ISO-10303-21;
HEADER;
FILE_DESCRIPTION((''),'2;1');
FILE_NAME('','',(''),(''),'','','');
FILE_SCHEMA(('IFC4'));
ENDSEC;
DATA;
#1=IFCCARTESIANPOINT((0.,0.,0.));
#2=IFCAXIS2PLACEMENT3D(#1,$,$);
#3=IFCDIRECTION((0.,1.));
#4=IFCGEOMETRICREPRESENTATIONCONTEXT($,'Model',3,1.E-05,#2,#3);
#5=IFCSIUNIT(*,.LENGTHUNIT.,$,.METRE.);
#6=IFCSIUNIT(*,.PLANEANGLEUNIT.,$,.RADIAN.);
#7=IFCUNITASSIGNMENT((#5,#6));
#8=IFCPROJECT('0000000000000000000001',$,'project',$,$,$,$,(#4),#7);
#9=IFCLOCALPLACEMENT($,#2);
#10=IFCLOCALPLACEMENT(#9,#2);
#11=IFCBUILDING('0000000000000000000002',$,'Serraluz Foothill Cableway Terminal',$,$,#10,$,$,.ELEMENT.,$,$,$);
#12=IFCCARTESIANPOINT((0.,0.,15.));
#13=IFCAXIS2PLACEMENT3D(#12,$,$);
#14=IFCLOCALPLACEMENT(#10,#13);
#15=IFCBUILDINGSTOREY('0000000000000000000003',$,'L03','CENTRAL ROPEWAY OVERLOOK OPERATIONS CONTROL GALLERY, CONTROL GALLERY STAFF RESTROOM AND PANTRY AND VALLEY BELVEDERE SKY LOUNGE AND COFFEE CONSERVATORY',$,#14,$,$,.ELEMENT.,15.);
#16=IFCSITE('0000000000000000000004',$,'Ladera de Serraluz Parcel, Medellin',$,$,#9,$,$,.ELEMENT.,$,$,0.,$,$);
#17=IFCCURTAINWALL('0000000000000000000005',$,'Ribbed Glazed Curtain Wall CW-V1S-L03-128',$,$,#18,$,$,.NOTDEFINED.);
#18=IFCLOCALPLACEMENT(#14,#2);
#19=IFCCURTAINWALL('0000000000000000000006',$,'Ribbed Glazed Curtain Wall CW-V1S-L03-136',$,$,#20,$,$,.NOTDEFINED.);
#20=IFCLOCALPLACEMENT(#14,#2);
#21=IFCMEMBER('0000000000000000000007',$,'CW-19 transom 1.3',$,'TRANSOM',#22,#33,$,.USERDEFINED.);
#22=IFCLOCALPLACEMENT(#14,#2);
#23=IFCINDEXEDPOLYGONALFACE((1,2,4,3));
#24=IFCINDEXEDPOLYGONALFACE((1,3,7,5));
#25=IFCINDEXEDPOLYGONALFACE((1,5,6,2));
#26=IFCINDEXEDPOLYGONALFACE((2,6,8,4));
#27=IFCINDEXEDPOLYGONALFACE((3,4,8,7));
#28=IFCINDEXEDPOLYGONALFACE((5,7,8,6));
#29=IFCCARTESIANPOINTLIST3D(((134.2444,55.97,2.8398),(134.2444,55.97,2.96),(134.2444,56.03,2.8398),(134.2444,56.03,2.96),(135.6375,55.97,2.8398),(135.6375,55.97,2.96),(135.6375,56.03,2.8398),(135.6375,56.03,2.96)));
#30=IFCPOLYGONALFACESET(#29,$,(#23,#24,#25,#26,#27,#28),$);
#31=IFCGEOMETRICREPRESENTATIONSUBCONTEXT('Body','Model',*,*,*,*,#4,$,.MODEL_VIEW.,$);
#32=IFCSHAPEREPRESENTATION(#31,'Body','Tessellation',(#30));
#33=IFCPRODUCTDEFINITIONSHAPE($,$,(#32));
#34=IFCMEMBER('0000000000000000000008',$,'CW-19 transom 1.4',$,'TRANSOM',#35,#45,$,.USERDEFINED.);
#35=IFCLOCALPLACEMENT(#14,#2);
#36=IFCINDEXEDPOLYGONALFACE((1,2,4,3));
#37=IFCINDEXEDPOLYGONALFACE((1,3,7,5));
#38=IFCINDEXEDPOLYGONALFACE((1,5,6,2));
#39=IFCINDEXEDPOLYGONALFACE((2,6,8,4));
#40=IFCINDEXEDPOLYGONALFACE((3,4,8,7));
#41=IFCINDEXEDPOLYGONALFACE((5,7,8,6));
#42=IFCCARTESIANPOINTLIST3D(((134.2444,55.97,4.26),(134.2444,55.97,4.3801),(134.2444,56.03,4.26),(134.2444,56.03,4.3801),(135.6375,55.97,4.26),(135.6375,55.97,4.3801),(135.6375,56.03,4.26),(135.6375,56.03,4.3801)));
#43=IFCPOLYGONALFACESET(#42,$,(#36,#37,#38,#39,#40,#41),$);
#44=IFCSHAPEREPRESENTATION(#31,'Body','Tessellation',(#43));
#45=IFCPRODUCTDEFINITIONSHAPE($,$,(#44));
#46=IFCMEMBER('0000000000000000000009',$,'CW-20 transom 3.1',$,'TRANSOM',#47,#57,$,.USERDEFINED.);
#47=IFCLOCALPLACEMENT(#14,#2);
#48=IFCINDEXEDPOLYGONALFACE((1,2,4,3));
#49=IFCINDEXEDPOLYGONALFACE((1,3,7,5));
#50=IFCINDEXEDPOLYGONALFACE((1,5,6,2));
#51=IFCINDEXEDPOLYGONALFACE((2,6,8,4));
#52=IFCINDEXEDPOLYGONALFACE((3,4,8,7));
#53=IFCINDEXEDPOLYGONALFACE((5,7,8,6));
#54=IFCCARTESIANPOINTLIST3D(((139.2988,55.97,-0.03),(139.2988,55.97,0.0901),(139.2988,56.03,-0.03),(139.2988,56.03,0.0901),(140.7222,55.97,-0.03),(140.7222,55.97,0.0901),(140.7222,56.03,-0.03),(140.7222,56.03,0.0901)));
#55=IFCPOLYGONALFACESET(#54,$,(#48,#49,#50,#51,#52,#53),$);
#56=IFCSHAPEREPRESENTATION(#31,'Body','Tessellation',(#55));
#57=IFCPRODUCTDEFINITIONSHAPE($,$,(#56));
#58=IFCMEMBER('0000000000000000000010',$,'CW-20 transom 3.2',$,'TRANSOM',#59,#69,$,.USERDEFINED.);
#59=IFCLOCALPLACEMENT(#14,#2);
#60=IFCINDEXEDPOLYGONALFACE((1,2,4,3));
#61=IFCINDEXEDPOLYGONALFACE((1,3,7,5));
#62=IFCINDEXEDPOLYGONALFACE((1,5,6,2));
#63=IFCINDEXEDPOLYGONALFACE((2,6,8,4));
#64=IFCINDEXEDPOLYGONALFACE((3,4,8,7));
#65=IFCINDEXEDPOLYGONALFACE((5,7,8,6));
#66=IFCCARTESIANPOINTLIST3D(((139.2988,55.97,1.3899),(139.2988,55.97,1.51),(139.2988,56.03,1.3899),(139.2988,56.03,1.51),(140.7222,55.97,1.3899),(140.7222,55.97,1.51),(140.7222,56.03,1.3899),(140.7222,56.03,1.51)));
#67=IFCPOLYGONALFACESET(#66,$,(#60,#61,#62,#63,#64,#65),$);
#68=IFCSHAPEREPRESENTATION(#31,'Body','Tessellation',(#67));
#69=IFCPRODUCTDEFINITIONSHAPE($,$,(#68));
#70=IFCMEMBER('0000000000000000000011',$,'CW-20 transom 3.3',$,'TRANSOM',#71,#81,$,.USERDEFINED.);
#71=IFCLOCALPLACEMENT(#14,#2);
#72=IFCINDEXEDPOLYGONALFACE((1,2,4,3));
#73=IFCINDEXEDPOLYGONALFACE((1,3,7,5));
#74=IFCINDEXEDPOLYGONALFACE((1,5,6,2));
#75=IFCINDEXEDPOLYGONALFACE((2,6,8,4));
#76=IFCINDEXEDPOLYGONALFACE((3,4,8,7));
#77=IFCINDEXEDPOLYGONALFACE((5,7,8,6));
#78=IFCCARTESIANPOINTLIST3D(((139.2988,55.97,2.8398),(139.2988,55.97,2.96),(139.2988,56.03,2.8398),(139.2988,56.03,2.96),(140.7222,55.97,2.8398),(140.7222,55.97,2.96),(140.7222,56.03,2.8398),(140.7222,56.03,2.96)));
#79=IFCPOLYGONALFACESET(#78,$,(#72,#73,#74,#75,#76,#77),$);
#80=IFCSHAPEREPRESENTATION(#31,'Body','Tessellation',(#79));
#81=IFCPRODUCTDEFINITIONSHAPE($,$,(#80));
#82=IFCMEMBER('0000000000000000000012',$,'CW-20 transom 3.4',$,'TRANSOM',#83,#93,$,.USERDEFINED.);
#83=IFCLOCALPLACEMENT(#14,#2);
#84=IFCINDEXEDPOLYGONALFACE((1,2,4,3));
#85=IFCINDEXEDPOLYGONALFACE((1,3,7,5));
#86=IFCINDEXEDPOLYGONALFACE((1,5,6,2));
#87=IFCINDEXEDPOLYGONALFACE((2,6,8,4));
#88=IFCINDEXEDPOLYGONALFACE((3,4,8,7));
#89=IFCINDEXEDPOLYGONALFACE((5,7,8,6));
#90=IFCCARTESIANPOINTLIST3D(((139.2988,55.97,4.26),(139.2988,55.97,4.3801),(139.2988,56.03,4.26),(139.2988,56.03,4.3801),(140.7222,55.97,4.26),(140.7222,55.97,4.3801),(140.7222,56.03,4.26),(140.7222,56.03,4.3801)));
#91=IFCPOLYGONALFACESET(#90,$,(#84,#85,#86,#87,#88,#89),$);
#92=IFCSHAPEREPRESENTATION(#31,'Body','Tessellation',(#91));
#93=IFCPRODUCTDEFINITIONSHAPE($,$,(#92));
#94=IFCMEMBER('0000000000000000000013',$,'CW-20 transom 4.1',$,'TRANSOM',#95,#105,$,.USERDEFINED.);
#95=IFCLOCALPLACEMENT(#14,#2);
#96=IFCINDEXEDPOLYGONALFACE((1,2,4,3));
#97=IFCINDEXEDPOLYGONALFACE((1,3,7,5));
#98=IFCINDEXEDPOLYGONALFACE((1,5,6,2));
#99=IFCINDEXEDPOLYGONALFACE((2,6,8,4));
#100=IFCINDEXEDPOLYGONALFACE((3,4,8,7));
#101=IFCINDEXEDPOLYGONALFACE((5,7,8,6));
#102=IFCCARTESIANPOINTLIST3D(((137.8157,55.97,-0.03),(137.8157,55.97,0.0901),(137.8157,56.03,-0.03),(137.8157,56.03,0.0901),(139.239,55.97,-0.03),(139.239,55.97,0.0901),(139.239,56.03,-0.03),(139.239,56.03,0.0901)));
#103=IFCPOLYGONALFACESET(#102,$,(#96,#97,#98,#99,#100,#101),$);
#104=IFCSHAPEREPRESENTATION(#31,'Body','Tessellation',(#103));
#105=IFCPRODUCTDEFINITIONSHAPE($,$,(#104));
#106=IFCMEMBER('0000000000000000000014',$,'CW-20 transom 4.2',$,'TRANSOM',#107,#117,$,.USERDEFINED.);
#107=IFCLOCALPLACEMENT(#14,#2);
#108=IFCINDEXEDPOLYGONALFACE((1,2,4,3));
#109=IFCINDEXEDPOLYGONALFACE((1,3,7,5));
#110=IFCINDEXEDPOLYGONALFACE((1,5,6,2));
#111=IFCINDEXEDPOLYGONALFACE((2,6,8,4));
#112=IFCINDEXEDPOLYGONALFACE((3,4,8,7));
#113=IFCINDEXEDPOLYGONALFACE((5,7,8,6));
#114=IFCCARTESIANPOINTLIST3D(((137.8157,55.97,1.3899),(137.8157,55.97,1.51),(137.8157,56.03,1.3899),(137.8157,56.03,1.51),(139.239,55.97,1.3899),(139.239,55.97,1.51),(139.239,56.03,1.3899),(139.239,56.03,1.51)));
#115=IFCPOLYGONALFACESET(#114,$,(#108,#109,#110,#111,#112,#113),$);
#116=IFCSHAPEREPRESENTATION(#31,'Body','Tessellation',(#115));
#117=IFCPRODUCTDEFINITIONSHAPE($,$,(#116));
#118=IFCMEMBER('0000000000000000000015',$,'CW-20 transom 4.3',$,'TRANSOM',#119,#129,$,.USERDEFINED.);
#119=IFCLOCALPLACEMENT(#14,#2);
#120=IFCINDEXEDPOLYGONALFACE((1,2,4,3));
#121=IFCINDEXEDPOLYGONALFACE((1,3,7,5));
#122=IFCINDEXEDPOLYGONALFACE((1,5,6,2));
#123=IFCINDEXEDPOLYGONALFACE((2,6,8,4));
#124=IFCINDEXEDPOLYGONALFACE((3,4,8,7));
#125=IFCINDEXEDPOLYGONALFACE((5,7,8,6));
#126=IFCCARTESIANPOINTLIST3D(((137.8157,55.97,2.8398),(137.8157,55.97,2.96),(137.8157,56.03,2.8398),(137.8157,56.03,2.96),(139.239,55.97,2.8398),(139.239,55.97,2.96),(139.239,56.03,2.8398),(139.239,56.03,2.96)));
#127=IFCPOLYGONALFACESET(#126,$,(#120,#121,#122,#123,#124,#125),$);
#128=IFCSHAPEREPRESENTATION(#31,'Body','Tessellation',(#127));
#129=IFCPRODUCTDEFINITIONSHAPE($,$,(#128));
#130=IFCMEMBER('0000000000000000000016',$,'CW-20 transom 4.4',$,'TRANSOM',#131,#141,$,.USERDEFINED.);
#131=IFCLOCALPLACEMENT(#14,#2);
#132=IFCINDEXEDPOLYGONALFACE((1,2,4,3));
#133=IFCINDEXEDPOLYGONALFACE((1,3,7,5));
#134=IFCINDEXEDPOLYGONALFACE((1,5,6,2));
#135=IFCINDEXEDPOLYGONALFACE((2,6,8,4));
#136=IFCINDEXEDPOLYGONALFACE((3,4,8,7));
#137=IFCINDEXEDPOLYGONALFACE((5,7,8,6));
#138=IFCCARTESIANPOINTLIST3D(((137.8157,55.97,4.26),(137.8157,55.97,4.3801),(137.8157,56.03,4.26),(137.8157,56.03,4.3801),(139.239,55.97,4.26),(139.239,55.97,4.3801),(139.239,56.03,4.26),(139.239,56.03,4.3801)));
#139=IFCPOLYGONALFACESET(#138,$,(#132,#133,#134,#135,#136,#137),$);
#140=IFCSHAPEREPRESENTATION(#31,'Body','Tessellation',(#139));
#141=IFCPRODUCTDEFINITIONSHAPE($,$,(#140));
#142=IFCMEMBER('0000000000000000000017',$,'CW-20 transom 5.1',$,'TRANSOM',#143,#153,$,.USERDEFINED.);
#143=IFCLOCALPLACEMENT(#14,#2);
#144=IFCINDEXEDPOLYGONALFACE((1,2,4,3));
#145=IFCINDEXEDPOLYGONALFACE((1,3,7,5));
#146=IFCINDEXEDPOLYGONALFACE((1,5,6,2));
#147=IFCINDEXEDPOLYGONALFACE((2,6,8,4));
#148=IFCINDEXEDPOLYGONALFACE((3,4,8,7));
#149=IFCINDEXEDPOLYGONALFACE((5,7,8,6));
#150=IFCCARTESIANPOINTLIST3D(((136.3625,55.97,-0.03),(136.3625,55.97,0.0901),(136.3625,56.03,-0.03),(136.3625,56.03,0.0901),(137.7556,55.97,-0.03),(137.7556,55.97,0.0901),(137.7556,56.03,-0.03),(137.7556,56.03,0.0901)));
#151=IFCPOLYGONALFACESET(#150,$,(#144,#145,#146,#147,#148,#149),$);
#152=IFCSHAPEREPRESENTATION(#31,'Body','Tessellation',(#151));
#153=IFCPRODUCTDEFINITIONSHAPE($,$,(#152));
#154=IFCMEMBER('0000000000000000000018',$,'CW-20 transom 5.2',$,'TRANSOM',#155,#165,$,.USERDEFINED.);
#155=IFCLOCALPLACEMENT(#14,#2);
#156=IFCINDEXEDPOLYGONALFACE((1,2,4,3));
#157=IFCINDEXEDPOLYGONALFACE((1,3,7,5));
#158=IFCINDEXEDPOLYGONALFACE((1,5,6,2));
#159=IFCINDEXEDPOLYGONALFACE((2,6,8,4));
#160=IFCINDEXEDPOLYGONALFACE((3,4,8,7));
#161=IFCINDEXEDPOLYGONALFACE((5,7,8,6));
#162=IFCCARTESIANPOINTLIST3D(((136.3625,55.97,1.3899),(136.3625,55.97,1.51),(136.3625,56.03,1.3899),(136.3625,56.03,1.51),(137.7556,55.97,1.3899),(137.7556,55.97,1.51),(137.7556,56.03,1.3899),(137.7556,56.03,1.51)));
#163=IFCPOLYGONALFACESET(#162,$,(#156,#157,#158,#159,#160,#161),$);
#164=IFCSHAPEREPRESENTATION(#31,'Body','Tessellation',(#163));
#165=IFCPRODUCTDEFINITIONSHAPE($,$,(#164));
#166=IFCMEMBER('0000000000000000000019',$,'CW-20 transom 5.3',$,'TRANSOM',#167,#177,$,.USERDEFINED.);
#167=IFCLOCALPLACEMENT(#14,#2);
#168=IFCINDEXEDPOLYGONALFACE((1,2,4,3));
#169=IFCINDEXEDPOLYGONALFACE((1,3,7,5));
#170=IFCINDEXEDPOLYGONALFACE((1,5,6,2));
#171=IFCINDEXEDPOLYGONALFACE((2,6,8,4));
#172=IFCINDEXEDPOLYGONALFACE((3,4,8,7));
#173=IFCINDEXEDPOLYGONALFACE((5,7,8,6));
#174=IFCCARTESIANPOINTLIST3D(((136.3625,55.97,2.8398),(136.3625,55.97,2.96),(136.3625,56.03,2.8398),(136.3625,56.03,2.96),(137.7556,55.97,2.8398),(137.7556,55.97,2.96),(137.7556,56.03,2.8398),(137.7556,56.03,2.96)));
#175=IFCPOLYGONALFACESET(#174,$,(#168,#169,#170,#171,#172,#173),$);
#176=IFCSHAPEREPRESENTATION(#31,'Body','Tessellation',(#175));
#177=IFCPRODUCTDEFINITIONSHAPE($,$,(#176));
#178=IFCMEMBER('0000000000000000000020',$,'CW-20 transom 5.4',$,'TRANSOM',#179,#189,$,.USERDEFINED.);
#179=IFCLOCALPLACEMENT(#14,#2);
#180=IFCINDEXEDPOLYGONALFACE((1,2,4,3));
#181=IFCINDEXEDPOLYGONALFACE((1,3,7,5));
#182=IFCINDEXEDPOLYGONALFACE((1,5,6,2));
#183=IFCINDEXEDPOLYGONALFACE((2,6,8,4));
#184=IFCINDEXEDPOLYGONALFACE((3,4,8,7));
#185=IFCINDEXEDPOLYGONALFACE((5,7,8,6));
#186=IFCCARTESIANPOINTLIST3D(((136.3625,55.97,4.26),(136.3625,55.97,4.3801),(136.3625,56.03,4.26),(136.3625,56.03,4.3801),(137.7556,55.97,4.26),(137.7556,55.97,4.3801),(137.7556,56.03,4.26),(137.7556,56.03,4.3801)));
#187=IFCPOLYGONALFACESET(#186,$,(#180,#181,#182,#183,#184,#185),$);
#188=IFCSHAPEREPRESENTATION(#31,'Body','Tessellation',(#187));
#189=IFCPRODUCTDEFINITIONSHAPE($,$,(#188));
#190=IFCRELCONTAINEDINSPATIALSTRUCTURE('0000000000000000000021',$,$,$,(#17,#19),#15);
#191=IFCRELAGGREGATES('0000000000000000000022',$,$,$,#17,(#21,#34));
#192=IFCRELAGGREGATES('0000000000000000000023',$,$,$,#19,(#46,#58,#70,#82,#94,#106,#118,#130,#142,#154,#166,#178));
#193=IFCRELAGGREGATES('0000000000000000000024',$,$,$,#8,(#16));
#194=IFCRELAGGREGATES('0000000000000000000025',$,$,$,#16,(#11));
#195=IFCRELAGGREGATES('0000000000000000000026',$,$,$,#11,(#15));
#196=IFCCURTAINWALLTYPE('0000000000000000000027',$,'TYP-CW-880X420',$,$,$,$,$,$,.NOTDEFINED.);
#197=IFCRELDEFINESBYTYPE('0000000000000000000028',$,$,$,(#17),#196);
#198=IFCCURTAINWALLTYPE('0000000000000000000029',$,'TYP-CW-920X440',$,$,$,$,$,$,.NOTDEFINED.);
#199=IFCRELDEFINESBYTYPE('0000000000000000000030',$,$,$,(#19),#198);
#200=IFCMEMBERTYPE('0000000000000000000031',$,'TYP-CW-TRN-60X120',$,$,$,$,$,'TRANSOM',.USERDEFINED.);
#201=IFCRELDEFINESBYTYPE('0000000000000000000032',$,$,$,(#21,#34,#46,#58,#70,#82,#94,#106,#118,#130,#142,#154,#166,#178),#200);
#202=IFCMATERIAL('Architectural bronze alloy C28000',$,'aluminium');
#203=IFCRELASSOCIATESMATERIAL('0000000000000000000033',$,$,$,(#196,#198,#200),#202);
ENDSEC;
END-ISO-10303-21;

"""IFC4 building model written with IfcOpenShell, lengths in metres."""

from ifc_helpers import new_model, si_unit, direction, frame, origin, origin_2d, place, context, subcontext, project, spatial, rectangle, extrude, material, material_profile, profile_set, type_object, element, aggregate, save


model = new_model("IFC4")

# Units and contexts
model_context = context("Model", 3, precision=1e-05, world=origin(), true_north=direction((0.0, 1.0)))
body_context = subcontext(model_context, "Body", "Model", "MODEL_VIEW")
ifc_project = project(units=[si_unit("LENGTHUNIT", "METRE"), si_unit("PLANEANGLEUNIT", "RADIAN")], contexts=[model_context])

# Site, building, storey
site_placement = place(None, origin())
site = spatial("IfcSite", under=ifc_project, at=site_placement, Name="Ladera de Serraluz Parcel, Medellin", CompositionType="ELEMENT", RefElevation=0.0)
building_placement = place(site_placement, origin())
building = spatial("IfcBuilding", under=site, at=building_placement, Name="Serraluz Foothill Cableway Terminal", CompositionType="ELEMENT")
storey_placement = place(building_placement, frame((0.0, 0.0, 15.0)))
storey = spatial("IfcBuildingStorey", under=building, at=storey_placement, Name="L03", Description="CENTRAL ROPEWAY OVERLOOK OPERATIONS CONTROL GALLERY, CONTROL GALLERY STAFF RESTROOM AND PANTRY AND VALLEY BELVEDERE SKY LOUNGE AND COFFEE CONSERVATORY", CompositionType="ELEMENT", Elevation=15.0)

# Curtain wall
ifc_material_1 = material(Name="Architectural bronze alloy C28000", Category="aluminium")
curtain_wall_type_1 = type_object("IfcCurtainWallType", Name="TYP-CW-880X420", PredefinedType="NOTDEFINED", material=ifc_material_1)
curtain_wall_1_placement = place(storey_placement, origin())
curtain_wall_1 = element("IfcCurtainWall", 1, at=curtain_wall_1_placement, inside=storey, type_object=curtain_wall_type_1, Name="Ribbed Glazed Curtain Wall CW-V1S-L03-128", PredefinedType="NOTDEFINED")

# Curtain wall
curtain_wall_type_2 = type_object("IfcCurtainWallType", Name="TYP-CW-920X440", PredefinedType="NOTDEFINED", material=ifc_material_1)
curtain_wall_2_placement = place(storey_placement, origin())
curtain_wall_2 = element("IfcCurtainWall", 2, at=curtain_wall_2_placement, inside=storey, type_object=curtain_wall_type_2, Name="Ribbed Glazed Curtain Wall CW-V1S-L03-136", PredefinedType="NOTDEFINED")

# Members
ifc_material_profile_1 = material_profile(ifc_material_1, rectangle(XDim=0.0601, YDim=0.1201, at=origin_2d()), Name="ALU TRANSOM 60x120")
ifc_profile_set_1 = profile_set([ifc_material_profile_1], Name="Architectural bronze alloy C28000")
member_type_1 = type_object("IfcMemberType", Name="TYP-CW-TRN-60X120", ElementType="TRANSOM", PredefinedType="USERDEFINED", material=ifc_profile_set_1)
member_1_placement = place(storey_placement, frame((135.6375, 56.0, 2.8999), z_axis=(-1.0, 0.0, 0.0), x_axis=(0.0, -1.0, 0.0)))
member_1 = element("IfcMember", 3, at=member_1_placement, type_object=member_type_1, Name="CW-19 transom 1.3", ObjectType="TRANSOM", PredefinedType="USERDEFINED", context=body_context, shape_type="SweptSolid", body=[
    extrude(rectangle(XDim=0.0601, YDim=0.1201, at=origin_2d()), origin(), (0.0, 0.0, 1.0), 1.3931),
])
member_2_placement = place(storey_placement, frame((135.6375, 56.0, 4.3201), z_axis=(-1.0, 0.0, 0.0), x_axis=(0.0, -1.0, 0.0)))
member_2 = element("IfcMember", 4, at=member_2_placement, type_object=member_type_1, Name="CW-19 transom 1.4", ObjectType="TRANSOM", PredefinedType="USERDEFINED", context=body_context, shape_type="SweptSolid", body=[
    extrude(rectangle(XDim=0.0601, YDim=0.1201, at=origin_2d()), origin(), (0.0, 0.0, 1.0), 1.3931),
])
aggregate(curtain_wall_1, [member_1, member_2])
member_3_placement = place(storey_placement, frame((140.7222, 56.0, 0.03), z_axis=(-1.0, 0.0, 0.0), x_axis=(0.0, -1.0, 0.0)))
member_3 = element("IfcMember", 5, at=member_3_placement, type_object=member_type_1, Name="CW-20 transom 3.1", ObjectType="TRANSOM", PredefinedType="USERDEFINED", context=body_context, shape_type="SweptSolid", body=[
    extrude(rectangle(XDim=0.0601, YDim=0.1201, at=origin_2d()), origin(), (0.0, 0.0, 1.0), 1.4233),
])
member_4_placement = place(storey_placement, frame((140.7222, 56.0, 1.45), z_axis=(-1.0, 0.0, 0.0), x_axis=(0.0, -1.0, 0.0)))
member_4 = element("IfcMember", 6, at=member_4_placement, type_object=member_type_1, Name="CW-20 transom 3.2", ObjectType="TRANSOM", PredefinedType="USERDEFINED", context=body_context, shape_type="SweptSolid", body=[
    extrude(rectangle(XDim=0.0601, YDim=0.1201, at=origin_2d()), origin(), (0.0, 0.0, 1.0), 1.4233),
])
member_5_placement = place(storey_placement, frame((140.7222, 56.0, 2.8999), z_axis=(-1.0, 0.0, 0.0), x_axis=(0.0, -1.0, 0.0)))
member_5 = element("IfcMember", 7, at=member_5_placement, type_object=member_type_1, Name="CW-20 transom 3.3", ObjectType="TRANSOM", PredefinedType="USERDEFINED", context=body_context, shape_type="SweptSolid", body=[
    extrude(rectangle(XDim=0.0601, YDim=0.1201, at=origin_2d()), origin(), (0.0, 0.0, 1.0), 1.4233),
])
member_6_placement = place(storey_placement, frame((140.7222, 56.0, 4.3201), z_axis=(-1.0, 0.0, 0.0), x_axis=(0.0, -1.0, 0.0)))
member_6 = element("IfcMember", 8, at=member_6_placement, type_object=member_type_1, Name="CW-20 transom 3.4", ObjectType="TRANSOM", PredefinedType="USERDEFINED", context=body_context, shape_type="SweptSolid", body=[
    extrude(rectangle(XDim=0.0601, YDim=0.1201, at=origin_2d()), origin(), (0.0, 0.0, 1.0), 1.4233),
])
member_7_placement = place(storey_placement, frame((139.239, 56.0, 0.03), z_axis=(-1.0, 0.0, 0.0), x_axis=(0.0, -1.0, 0.0)))
member_7 = element("IfcMember", 9, at=member_7_placement, type_object=member_type_1, Name="CW-20 transom 4.1", ObjectType="TRANSOM", PredefinedType="USERDEFINED", context=body_context, shape_type="SweptSolid", body=[
    extrude(rectangle(XDim=0.0601, YDim=0.1201, at=origin_2d()), origin(), (0.0, 0.0, 1.0), 1.4233),
])
member_8_placement = place(storey_placement, frame((139.239, 56.0, 1.45), z_axis=(-1.0, 0.0, 0.0), x_axis=(0.0, -1.0, 0.0)))
member_8 = element("IfcMember", 10, at=member_8_placement, type_object=member_type_1, Name="CW-20 transom 4.2", ObjectType="TRANSOM", PredefinedType="USERDEFINED", context=body_context, shape_type="SweptSolid", body=[
    extrude(rectangle(XDim=0.0601, YDim=0.1201, at=origin_2d()), origin(), (0.0, 0.0, 1.0), 1.4233),
])
member_9_placement = place(storey_placement, frame((139.239, 56.0, 2.8999), z_axis=(-1.0, 0.0, 0.0), x_axis=(0.0, -1.0, 0.0)))
member_9 = element("IfcMember", 11, at=member_9_placement, type_object=member_type_1, Name="CW-20 transom 4.3", ObjectType="TRANSOM", PredefinedType="USERDEFINED", context=body_context, shape_type="SweptSolid", body=[
    extrude(rectangle(XDim=0.0601, YDim=0.1201, at=origin_2d()), origin(), (0.0, 0.0, 1.0), 1.4233),
])
member_10_placement = place(storey_placement, frame((139.239, 56.0, 4.3201), z_axis=(-1.0, 0.0, 0.0), x_axis=(0.0, -1.0, 0.0)))
member_10 = element("IfcMember", 12, at=member_10_placement, type_object=member_type_1, Name="CW-20 transom 4.4", ObjectType="TRANSOM", PredefinedType="USERDEFINED", context=body_context, shape_type="SweptSolid", body=[
    extrude(rectangle(XDim=0.0601, YDim=0.1201, at=origin_2d()), origin(), (0.0, 0.0, 1.0), 1.4233),
])
member_11_placement = place(storey_placement, frame((137.7556, 56.0, 0.03), z_axis=(-1.0, 0.0, 0.0), x_axis=(0.0, -1.0, 0.0)))
member_11 = element("IfcMember", 13, at=member_11_placement, type_object=member_type_1, Name="CW-20 transom 5.1", ObjectType="TRANSOM", PredefinedType="USERDEFINED", context=body_context, shape_type="SweptSolid", body=[
    extrude(rectangle(XDim=0.0601, YDim=0.1201, at=origin_2d()), origin(), (0.0, 0.0, 1.0), 1.3931),
])
member_12_placement = place(storey_placement, frame((137.7556, 56.0, 1.45), z_axis=(-1.0, 0.0, 0.0), x_axis=(0.0, -1.0, 0.0)))
member_12 = element("IfcMember", 14, at=member_12_placement, type_object=member_type_1, Name="CW-20 transom 5.2", ObjectType="TRANSOM", PredefinedType="USERDEFINED", context=body_context, shape_type="SweptSolid", body=[
    extrude(rectangle(XDim=0.0601, YDim=0.1201, at=origin_2d()), origin(), (0.0, 0.0, 1.0), 1.3931),
])
member_13_placement = place(storey_placement, frame((137.7556, 56.0, 2.8999), z_axis=(-1.0, 0.0, 0.0), x_axis=(0.0, -1.0, 0.0)))
member_13 = element("IfcMember", 15, at=member_13_placement, type_object=member_type_1, Name="CW-20 transom 5.3", ObjectType="TRANSOM", PredefinedType="USERDEFINED", context=body_context, shape_type="SweptSolid", body=[
    extrude(rectangle(XDim=0.0601, YDim=0.1201, at=origin_2d()), origin(), (0.0, 0.0, 1.0), 1.3931),
])
member_14_placement = place(storey_placement, frame((137.7556, 56.0, 4.3201), z_axis=(-1.0, 0.0, 0.0), x_axis=(0.0, -1.0, 0.0)))
member_14 = element("IfcMember", 16, at=member_14_placement, type_object=member_type_1, Name="CW-20 transom 5.4", ObjectType="TRANSOM", PredefinedType="USERDEFINED", context=body_context, shape_type="SweptSolid", body=[
    extrude(rectangle(XDim=0.0601, YDim=0.1201, at=origin_2d()), origin(), (0.0, 0.0, 1.0), 1.3931),
])

aggregate(curtain_wall_2, [member_3, member_4, member_5, member_6, member_7, member_8, member_9, member_10, member_11, member_12, member_13, member_14])

save(model, "model.ifc")
